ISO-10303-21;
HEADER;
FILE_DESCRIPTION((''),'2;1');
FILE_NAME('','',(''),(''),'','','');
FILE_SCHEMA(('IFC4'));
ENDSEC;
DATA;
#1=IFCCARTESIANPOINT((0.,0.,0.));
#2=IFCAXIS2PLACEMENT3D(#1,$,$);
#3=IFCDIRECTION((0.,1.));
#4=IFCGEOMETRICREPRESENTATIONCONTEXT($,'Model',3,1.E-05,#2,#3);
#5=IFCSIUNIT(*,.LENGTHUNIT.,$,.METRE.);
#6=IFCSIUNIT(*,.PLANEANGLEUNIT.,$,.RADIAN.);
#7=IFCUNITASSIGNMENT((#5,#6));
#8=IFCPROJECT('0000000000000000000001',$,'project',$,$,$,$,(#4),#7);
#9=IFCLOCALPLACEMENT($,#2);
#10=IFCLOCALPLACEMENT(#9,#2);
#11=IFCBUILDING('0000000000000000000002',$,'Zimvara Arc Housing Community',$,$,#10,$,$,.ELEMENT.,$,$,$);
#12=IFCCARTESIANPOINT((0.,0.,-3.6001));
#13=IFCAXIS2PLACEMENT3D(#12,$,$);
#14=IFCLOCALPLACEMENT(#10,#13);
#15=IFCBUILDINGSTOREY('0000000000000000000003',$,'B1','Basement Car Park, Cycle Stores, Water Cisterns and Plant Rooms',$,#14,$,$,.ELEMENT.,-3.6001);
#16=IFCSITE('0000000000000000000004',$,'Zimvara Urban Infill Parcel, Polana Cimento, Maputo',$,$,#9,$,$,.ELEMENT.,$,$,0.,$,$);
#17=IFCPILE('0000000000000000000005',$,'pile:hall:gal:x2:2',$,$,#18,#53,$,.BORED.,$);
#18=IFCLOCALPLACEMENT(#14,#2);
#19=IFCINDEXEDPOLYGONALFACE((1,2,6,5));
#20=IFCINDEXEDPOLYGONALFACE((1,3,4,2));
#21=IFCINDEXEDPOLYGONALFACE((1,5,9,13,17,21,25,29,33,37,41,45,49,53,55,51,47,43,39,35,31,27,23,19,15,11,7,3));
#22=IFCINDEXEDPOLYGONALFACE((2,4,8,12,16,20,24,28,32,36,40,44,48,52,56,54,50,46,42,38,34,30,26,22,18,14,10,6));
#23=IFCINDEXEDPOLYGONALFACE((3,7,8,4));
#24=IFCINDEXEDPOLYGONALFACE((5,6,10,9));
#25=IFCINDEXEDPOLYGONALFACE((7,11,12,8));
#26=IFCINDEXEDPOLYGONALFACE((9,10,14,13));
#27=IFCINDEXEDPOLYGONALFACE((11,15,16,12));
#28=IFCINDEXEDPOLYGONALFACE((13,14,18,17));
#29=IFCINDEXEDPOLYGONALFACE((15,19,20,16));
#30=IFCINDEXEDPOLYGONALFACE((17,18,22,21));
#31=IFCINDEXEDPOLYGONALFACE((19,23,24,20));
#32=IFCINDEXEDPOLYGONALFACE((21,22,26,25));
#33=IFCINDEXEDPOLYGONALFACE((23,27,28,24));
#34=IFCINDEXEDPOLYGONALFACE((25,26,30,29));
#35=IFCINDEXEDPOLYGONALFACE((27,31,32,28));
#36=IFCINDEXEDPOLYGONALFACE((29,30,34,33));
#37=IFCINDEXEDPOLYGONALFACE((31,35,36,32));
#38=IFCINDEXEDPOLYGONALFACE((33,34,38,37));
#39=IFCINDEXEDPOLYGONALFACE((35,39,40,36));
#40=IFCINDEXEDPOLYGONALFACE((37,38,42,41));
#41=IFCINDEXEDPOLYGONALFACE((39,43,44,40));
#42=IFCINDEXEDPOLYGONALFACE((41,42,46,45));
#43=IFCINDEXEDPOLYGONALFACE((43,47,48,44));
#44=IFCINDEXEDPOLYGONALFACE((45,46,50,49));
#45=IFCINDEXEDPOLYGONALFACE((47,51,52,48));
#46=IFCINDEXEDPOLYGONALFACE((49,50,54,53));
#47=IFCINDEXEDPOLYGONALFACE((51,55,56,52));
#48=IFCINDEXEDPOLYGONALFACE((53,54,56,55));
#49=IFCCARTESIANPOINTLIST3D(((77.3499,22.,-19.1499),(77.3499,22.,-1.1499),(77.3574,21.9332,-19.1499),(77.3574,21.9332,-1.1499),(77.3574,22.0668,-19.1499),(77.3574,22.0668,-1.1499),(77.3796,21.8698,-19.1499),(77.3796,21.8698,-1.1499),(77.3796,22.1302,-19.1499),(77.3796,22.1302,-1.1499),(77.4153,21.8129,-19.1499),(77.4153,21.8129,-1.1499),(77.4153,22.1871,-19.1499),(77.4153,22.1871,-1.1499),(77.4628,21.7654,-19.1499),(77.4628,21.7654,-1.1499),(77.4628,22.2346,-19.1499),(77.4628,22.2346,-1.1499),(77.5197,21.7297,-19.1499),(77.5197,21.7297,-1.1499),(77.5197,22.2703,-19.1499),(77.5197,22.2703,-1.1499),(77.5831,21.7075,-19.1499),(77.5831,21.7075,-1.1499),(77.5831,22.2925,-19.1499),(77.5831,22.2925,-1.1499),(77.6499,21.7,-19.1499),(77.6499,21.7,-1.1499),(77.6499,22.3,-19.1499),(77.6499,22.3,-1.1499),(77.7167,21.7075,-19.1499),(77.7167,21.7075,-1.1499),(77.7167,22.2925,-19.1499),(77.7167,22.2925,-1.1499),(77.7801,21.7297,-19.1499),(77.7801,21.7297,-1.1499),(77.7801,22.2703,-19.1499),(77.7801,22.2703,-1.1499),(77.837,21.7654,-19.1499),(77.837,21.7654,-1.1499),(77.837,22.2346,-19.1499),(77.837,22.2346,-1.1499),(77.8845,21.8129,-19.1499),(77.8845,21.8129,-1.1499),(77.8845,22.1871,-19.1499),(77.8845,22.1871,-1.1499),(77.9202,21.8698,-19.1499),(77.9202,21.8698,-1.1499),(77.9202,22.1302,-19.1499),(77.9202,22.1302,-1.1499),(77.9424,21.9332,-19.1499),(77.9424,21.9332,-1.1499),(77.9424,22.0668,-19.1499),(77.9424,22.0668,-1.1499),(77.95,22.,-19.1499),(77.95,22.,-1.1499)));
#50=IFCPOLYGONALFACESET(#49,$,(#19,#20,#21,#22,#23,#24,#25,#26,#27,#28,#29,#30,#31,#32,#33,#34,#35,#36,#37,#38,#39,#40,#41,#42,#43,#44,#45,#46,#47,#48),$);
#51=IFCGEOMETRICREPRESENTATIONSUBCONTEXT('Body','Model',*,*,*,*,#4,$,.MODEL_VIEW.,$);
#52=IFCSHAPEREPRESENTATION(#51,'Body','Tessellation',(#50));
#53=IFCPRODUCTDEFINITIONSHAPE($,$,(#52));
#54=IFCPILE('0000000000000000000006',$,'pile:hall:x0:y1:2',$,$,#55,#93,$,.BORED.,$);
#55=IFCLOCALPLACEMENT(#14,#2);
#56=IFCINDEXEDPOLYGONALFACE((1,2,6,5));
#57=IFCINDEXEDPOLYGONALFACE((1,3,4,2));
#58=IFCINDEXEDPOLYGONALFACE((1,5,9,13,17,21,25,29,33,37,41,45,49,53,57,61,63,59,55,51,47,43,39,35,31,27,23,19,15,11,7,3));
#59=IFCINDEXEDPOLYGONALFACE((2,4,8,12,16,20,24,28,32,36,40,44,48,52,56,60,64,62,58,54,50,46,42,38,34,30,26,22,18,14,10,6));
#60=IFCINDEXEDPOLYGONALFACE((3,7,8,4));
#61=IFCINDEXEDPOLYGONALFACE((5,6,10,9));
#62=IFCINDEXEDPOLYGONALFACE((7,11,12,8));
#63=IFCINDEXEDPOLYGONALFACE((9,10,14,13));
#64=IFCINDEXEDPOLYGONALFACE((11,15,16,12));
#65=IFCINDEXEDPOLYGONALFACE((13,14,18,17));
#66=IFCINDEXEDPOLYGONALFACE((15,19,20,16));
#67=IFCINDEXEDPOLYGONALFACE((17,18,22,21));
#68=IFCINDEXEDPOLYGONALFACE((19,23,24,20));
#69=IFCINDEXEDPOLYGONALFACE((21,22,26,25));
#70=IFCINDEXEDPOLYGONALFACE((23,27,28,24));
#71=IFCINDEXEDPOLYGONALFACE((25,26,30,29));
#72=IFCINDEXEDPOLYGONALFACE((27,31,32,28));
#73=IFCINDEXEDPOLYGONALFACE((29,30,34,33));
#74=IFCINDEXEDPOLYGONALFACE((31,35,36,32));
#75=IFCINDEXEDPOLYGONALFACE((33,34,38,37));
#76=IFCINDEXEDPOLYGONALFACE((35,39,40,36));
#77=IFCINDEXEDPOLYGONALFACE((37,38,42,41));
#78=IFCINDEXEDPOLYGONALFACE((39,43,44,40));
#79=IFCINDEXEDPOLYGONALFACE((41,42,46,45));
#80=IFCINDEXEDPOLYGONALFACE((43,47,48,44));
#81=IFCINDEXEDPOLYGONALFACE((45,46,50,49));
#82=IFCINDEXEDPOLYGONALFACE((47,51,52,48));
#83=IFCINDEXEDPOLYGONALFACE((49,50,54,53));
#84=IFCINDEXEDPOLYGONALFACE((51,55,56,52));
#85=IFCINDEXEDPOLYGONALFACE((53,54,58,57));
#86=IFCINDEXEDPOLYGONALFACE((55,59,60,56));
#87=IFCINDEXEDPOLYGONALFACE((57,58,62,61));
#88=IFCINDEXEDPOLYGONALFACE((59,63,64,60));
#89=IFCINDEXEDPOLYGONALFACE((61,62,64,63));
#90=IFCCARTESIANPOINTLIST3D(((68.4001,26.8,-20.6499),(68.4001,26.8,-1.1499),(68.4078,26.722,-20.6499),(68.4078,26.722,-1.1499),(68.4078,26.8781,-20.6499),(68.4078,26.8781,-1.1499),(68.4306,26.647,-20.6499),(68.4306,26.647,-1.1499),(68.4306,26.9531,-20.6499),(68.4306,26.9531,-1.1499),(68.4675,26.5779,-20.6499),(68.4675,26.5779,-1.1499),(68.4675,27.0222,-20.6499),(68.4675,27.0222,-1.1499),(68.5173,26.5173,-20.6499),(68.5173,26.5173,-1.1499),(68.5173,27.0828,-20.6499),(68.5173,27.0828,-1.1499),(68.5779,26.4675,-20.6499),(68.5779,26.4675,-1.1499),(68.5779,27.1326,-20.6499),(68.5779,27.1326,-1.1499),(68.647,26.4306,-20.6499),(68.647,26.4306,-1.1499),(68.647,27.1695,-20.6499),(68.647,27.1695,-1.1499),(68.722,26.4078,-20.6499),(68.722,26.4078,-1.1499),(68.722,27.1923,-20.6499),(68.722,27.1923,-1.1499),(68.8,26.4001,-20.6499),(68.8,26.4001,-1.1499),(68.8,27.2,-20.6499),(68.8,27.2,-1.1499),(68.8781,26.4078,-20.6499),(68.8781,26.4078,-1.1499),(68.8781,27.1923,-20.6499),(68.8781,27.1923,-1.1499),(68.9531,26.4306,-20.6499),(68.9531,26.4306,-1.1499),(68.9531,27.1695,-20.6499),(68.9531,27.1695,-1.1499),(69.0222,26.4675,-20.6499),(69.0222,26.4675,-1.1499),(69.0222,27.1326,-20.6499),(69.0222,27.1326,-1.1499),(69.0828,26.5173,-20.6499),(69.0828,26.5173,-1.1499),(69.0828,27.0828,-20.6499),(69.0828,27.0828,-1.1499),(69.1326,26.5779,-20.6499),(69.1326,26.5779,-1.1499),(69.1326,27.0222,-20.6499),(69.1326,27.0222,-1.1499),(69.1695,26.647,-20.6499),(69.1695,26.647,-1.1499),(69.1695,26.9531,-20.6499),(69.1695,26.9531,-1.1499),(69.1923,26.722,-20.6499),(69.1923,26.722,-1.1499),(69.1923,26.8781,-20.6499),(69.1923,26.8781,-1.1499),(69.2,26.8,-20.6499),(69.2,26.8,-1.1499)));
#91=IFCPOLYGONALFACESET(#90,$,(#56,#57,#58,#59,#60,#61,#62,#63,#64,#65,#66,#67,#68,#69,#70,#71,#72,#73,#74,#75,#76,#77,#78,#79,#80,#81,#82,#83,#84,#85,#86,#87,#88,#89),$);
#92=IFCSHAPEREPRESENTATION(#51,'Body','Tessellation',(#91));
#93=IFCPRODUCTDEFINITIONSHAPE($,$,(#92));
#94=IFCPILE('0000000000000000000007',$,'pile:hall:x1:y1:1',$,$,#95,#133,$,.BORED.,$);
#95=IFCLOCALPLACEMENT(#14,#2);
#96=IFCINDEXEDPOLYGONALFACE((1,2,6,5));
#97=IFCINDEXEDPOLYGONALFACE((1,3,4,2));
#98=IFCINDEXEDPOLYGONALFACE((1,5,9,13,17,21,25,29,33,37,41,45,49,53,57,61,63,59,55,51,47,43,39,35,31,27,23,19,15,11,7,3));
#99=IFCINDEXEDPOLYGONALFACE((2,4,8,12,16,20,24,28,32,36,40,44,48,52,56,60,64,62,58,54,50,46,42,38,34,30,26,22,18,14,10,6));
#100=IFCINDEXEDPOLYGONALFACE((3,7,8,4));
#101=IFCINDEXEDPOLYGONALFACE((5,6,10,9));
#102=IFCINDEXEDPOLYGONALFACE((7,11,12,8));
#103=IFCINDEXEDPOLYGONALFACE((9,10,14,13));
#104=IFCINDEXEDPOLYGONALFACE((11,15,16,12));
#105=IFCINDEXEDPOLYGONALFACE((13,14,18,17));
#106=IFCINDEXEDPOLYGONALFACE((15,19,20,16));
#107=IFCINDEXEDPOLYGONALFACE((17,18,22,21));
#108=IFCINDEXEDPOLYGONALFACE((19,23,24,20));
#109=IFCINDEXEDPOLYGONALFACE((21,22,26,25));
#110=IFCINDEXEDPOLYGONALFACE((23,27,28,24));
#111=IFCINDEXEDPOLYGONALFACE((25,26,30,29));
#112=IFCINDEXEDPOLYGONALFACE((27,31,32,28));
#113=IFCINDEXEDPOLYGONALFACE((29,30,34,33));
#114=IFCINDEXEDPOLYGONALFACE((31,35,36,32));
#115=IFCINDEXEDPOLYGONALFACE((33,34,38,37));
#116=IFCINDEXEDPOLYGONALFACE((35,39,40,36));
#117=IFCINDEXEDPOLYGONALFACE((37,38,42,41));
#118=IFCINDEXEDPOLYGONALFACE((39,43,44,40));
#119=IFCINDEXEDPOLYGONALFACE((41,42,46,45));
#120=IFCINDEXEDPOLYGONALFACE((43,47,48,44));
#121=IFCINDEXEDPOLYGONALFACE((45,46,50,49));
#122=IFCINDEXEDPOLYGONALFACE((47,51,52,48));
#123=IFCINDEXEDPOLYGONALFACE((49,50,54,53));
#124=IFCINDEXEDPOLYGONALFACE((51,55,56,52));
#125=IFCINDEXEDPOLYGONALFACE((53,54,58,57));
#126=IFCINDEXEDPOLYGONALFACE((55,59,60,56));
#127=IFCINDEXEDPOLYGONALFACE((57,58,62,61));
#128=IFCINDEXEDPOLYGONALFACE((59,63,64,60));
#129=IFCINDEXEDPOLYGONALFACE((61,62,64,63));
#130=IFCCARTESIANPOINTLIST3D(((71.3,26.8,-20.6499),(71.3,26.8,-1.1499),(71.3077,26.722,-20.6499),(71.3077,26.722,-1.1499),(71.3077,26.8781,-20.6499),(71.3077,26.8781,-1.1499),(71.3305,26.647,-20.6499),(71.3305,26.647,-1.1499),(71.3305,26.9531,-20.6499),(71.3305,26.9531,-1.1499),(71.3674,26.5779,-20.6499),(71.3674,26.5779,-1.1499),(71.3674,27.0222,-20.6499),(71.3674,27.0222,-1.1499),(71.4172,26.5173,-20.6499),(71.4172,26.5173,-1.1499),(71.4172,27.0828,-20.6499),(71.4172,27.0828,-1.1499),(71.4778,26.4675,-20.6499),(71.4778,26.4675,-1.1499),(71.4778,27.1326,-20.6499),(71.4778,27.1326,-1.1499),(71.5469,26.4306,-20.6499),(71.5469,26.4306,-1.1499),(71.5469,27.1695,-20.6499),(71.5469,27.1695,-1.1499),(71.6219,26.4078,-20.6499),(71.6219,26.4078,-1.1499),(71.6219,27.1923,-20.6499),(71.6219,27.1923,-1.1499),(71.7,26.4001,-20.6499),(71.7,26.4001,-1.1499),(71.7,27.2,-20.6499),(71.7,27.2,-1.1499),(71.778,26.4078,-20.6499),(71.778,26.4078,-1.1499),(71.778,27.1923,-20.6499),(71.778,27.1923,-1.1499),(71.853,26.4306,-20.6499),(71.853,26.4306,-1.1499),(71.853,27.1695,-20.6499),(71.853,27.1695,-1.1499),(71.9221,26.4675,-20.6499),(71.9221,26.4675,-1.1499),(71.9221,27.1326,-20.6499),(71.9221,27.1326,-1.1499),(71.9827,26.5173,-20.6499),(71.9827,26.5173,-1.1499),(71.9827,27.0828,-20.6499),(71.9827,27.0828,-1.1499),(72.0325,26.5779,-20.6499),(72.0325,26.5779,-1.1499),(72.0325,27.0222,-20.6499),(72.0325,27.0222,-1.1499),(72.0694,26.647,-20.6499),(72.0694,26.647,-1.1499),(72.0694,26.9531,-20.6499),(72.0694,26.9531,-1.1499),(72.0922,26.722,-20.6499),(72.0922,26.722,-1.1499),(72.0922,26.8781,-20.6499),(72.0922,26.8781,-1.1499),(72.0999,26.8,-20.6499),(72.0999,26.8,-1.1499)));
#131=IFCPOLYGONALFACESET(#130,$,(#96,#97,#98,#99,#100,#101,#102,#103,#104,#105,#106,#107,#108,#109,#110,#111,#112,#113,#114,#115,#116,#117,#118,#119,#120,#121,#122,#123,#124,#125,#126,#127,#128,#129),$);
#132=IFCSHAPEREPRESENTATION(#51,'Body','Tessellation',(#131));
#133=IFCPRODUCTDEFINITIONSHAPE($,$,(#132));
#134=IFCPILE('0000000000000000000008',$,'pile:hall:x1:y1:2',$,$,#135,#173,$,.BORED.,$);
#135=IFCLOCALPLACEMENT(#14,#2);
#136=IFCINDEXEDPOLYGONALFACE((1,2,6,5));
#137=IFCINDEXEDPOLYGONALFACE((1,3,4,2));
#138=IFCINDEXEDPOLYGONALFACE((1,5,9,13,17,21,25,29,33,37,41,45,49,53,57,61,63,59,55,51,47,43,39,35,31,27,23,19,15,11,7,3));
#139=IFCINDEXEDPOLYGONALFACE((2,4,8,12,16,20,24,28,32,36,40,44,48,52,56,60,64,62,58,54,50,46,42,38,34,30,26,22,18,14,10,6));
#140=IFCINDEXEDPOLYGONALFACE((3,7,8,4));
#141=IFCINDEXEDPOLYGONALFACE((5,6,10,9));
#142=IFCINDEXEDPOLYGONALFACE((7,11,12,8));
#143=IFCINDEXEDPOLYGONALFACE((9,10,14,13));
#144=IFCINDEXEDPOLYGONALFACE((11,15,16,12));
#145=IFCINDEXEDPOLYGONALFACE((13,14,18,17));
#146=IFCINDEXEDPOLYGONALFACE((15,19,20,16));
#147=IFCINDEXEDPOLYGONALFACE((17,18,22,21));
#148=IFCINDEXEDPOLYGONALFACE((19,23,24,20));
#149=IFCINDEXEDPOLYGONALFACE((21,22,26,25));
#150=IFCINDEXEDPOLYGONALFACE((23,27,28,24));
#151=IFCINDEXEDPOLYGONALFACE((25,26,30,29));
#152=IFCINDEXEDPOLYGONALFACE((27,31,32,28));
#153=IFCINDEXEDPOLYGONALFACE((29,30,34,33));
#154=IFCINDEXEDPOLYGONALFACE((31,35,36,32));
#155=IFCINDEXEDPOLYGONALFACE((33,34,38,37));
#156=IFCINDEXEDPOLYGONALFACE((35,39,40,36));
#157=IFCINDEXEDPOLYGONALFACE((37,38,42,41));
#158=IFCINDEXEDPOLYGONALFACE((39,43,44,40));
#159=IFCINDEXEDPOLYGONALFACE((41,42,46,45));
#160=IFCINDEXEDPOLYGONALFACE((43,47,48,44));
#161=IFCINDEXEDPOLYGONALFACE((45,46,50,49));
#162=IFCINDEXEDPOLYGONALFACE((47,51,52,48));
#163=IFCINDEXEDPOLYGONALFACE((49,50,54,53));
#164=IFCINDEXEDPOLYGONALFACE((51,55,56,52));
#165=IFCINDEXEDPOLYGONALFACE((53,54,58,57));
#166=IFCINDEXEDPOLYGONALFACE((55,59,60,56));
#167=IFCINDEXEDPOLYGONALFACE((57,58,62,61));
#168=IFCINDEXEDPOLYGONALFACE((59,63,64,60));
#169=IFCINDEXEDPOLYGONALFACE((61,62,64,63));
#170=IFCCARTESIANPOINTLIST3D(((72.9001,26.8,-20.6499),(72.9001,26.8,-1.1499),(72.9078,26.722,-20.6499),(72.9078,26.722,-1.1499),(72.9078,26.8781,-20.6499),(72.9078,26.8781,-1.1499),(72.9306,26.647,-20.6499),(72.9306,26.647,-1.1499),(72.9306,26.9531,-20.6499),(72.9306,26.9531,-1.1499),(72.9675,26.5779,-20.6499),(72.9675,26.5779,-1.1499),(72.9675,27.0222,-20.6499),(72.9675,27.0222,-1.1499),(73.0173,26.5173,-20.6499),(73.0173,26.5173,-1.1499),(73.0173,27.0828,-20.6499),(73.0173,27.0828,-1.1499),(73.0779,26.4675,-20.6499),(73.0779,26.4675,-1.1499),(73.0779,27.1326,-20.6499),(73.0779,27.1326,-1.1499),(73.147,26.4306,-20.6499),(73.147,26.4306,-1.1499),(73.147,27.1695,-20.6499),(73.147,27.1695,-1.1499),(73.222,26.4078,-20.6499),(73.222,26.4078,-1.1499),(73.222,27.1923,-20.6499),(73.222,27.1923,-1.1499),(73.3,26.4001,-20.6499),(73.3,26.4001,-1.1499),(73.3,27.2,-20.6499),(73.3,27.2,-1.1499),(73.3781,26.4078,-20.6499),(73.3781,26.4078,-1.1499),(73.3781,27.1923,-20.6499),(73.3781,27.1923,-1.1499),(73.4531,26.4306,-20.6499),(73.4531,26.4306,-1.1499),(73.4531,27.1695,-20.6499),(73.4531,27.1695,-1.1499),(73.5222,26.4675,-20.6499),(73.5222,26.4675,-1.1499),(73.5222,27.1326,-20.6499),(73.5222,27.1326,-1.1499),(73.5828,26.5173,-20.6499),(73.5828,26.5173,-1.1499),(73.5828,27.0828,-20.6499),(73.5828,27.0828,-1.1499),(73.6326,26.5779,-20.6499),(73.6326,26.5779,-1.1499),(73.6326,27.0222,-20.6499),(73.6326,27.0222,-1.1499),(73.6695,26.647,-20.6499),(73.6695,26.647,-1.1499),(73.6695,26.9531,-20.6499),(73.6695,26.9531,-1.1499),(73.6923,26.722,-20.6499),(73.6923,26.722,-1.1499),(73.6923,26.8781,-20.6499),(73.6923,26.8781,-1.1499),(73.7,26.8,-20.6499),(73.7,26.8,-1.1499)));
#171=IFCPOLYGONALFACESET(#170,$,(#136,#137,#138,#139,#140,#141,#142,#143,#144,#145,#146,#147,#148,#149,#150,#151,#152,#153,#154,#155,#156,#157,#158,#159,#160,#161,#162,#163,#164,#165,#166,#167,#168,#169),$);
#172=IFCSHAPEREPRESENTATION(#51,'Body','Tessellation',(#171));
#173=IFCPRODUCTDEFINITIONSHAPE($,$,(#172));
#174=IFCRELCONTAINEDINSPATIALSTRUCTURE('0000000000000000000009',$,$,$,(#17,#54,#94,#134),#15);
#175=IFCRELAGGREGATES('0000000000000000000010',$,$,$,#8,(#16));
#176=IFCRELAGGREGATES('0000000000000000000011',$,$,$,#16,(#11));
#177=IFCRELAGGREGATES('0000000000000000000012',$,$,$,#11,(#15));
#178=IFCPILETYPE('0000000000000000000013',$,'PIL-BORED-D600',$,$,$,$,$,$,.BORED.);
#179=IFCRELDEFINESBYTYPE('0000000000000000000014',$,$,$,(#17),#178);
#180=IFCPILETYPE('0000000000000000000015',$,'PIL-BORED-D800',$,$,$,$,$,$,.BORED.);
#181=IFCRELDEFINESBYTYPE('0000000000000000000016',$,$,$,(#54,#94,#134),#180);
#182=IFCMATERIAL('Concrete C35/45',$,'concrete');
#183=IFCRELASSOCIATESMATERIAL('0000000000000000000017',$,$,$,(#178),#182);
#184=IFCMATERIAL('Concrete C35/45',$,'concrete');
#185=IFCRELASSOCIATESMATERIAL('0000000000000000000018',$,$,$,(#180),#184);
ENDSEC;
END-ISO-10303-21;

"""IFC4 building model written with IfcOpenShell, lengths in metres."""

from ifc_helpers import new_model, si_unit, direction, frame, origin, origin_2d, place, context, subcontext, project, spatial, circle, extrude, material, material_profile, profile_set, type_object, element, save


model = new_model("IFC4")

# Units and contexts
model_context = context("Model", 3, precision=1e-05, world=origin(), true_north=direction((0.0, 1.0)))
body_context = subcontext(model_context, "Body", "Model", "MODEL_VIEW")
ifc_project = project(units=[si_unit("LENGTHUNIT", "METRE"), si_unit("PLANEANGLEUNIT", "RADIAN")], contexts=[model_context])

# Site, building, storey
site_placement = place(None, origin())
site = spatial("IfcSite", under=ifc_project, at=site_placement, Name="Zimvara Urban Infill Parcel, Polana Cimento, Maputo", CompositionType="ELEMENT", RefElevation=0.0)
building_placement = place(site_placement, origin())
building = spatial("IfcBuilding", under=site, at=building_placement, Name="Zimvara Arc Housing Community", CompositionType="ELEMENT")
storey_placement = place(building_placement, frame((0.0, 0.0, -3.6001)))
storey = spatial("IfcBuildingStorey", under=building, at=storey_placement, Name="B1", Description="Basement Car Park, Cycle Stores, Water Cisterns and Plant Rooms", CompositionType="ELEMENT", Elevation=-3.6001)

# Piles
ifc_material_1 = material(Name="Concrete C35/45", Category="concrete")
ifc_material_profile_1 = material_profile(ifc_material_1, circle(Radius=0.3, at=origin_2d()), Name="PILE D600")
ifc_profile_set_1 = profile_set([ifc_material_profile_1], Name="Concrete C35/45")
pile_type_1 = type_object("IfcPileType", Name="PIL-BORED-D600", PredefinedType="BORED", material=ifc_profile_set_1)
for number, where, z_axis, x_axis, name in (
    (1, (77.6499, 22.0, -1.1499), (0.0, 0.0, -1.0), (1.0, 0.0, 0.0), "pile:hall:gal:x2:2"),
):
    element("IfcPile", number, at=place(storey_placement, frame(where, z_axis=z_axis, x_axis=x_axis)), inside=storey, type_object=pile_type_1, Name=name, PredefinedType="BORED", context=body_context, shape_type="SweptSolid", body=[
        extrude(circle(Radius=0.3, at=origin_2d()), origin(), (0.0, 0.0, 1.0), 18.0),
    ])
ifc_material_2 = material(Name="Concrete C35/45", Category="concrete")
ifc_material_profile_2 = material_profile(ifc_material_2, circle(Radius=0.3999, at=origin_2d()), Name="PILE D800")
ifc_profile_set_2 = profile_set([ifc_material_profile_2], Name="Concrete C35/45")
pile_type_2 = type_object("IfcPileType", Name="PIL-BORED-D800", PredefinedType="BORED", material=ifc_profile_set_2)
for number, where, z_axis, x_axis, name in (
    (2, (68.8, 26.8, -1.1499), (0.0, 0.0, -1.0), (1.0, 0.0, 0.0), "pile:hall:x0:y1:2"),
    (3, (71.7, 26.8, -1.1499), (0.0, 0.0, -1.0), (1.0, 0.0, 0.0), "pile:hall:x1:y1:1"),
    (4, (73.3, 26.8, -1.1499), (0.0, 0.0, -1.0), (1.0, 0.0, 0.0), "pile:hall:x1:y1:2"),
):
    element("IfcPile", number, at=place(storey_placement, frame(where, z_axis=z_axis, x_axis=x_axis)), inside=storey, type_object=pile_type_2, Name=name, PredefinedType="BORED", context=body_context, shape_type="SweptSolid", body=[
        extrude(circle(Radius=0.3999, at=origin_2d()), origin(), (0.0, 0.0, 1.0), 19.5),
    ])

save(model, "model.ifc")
